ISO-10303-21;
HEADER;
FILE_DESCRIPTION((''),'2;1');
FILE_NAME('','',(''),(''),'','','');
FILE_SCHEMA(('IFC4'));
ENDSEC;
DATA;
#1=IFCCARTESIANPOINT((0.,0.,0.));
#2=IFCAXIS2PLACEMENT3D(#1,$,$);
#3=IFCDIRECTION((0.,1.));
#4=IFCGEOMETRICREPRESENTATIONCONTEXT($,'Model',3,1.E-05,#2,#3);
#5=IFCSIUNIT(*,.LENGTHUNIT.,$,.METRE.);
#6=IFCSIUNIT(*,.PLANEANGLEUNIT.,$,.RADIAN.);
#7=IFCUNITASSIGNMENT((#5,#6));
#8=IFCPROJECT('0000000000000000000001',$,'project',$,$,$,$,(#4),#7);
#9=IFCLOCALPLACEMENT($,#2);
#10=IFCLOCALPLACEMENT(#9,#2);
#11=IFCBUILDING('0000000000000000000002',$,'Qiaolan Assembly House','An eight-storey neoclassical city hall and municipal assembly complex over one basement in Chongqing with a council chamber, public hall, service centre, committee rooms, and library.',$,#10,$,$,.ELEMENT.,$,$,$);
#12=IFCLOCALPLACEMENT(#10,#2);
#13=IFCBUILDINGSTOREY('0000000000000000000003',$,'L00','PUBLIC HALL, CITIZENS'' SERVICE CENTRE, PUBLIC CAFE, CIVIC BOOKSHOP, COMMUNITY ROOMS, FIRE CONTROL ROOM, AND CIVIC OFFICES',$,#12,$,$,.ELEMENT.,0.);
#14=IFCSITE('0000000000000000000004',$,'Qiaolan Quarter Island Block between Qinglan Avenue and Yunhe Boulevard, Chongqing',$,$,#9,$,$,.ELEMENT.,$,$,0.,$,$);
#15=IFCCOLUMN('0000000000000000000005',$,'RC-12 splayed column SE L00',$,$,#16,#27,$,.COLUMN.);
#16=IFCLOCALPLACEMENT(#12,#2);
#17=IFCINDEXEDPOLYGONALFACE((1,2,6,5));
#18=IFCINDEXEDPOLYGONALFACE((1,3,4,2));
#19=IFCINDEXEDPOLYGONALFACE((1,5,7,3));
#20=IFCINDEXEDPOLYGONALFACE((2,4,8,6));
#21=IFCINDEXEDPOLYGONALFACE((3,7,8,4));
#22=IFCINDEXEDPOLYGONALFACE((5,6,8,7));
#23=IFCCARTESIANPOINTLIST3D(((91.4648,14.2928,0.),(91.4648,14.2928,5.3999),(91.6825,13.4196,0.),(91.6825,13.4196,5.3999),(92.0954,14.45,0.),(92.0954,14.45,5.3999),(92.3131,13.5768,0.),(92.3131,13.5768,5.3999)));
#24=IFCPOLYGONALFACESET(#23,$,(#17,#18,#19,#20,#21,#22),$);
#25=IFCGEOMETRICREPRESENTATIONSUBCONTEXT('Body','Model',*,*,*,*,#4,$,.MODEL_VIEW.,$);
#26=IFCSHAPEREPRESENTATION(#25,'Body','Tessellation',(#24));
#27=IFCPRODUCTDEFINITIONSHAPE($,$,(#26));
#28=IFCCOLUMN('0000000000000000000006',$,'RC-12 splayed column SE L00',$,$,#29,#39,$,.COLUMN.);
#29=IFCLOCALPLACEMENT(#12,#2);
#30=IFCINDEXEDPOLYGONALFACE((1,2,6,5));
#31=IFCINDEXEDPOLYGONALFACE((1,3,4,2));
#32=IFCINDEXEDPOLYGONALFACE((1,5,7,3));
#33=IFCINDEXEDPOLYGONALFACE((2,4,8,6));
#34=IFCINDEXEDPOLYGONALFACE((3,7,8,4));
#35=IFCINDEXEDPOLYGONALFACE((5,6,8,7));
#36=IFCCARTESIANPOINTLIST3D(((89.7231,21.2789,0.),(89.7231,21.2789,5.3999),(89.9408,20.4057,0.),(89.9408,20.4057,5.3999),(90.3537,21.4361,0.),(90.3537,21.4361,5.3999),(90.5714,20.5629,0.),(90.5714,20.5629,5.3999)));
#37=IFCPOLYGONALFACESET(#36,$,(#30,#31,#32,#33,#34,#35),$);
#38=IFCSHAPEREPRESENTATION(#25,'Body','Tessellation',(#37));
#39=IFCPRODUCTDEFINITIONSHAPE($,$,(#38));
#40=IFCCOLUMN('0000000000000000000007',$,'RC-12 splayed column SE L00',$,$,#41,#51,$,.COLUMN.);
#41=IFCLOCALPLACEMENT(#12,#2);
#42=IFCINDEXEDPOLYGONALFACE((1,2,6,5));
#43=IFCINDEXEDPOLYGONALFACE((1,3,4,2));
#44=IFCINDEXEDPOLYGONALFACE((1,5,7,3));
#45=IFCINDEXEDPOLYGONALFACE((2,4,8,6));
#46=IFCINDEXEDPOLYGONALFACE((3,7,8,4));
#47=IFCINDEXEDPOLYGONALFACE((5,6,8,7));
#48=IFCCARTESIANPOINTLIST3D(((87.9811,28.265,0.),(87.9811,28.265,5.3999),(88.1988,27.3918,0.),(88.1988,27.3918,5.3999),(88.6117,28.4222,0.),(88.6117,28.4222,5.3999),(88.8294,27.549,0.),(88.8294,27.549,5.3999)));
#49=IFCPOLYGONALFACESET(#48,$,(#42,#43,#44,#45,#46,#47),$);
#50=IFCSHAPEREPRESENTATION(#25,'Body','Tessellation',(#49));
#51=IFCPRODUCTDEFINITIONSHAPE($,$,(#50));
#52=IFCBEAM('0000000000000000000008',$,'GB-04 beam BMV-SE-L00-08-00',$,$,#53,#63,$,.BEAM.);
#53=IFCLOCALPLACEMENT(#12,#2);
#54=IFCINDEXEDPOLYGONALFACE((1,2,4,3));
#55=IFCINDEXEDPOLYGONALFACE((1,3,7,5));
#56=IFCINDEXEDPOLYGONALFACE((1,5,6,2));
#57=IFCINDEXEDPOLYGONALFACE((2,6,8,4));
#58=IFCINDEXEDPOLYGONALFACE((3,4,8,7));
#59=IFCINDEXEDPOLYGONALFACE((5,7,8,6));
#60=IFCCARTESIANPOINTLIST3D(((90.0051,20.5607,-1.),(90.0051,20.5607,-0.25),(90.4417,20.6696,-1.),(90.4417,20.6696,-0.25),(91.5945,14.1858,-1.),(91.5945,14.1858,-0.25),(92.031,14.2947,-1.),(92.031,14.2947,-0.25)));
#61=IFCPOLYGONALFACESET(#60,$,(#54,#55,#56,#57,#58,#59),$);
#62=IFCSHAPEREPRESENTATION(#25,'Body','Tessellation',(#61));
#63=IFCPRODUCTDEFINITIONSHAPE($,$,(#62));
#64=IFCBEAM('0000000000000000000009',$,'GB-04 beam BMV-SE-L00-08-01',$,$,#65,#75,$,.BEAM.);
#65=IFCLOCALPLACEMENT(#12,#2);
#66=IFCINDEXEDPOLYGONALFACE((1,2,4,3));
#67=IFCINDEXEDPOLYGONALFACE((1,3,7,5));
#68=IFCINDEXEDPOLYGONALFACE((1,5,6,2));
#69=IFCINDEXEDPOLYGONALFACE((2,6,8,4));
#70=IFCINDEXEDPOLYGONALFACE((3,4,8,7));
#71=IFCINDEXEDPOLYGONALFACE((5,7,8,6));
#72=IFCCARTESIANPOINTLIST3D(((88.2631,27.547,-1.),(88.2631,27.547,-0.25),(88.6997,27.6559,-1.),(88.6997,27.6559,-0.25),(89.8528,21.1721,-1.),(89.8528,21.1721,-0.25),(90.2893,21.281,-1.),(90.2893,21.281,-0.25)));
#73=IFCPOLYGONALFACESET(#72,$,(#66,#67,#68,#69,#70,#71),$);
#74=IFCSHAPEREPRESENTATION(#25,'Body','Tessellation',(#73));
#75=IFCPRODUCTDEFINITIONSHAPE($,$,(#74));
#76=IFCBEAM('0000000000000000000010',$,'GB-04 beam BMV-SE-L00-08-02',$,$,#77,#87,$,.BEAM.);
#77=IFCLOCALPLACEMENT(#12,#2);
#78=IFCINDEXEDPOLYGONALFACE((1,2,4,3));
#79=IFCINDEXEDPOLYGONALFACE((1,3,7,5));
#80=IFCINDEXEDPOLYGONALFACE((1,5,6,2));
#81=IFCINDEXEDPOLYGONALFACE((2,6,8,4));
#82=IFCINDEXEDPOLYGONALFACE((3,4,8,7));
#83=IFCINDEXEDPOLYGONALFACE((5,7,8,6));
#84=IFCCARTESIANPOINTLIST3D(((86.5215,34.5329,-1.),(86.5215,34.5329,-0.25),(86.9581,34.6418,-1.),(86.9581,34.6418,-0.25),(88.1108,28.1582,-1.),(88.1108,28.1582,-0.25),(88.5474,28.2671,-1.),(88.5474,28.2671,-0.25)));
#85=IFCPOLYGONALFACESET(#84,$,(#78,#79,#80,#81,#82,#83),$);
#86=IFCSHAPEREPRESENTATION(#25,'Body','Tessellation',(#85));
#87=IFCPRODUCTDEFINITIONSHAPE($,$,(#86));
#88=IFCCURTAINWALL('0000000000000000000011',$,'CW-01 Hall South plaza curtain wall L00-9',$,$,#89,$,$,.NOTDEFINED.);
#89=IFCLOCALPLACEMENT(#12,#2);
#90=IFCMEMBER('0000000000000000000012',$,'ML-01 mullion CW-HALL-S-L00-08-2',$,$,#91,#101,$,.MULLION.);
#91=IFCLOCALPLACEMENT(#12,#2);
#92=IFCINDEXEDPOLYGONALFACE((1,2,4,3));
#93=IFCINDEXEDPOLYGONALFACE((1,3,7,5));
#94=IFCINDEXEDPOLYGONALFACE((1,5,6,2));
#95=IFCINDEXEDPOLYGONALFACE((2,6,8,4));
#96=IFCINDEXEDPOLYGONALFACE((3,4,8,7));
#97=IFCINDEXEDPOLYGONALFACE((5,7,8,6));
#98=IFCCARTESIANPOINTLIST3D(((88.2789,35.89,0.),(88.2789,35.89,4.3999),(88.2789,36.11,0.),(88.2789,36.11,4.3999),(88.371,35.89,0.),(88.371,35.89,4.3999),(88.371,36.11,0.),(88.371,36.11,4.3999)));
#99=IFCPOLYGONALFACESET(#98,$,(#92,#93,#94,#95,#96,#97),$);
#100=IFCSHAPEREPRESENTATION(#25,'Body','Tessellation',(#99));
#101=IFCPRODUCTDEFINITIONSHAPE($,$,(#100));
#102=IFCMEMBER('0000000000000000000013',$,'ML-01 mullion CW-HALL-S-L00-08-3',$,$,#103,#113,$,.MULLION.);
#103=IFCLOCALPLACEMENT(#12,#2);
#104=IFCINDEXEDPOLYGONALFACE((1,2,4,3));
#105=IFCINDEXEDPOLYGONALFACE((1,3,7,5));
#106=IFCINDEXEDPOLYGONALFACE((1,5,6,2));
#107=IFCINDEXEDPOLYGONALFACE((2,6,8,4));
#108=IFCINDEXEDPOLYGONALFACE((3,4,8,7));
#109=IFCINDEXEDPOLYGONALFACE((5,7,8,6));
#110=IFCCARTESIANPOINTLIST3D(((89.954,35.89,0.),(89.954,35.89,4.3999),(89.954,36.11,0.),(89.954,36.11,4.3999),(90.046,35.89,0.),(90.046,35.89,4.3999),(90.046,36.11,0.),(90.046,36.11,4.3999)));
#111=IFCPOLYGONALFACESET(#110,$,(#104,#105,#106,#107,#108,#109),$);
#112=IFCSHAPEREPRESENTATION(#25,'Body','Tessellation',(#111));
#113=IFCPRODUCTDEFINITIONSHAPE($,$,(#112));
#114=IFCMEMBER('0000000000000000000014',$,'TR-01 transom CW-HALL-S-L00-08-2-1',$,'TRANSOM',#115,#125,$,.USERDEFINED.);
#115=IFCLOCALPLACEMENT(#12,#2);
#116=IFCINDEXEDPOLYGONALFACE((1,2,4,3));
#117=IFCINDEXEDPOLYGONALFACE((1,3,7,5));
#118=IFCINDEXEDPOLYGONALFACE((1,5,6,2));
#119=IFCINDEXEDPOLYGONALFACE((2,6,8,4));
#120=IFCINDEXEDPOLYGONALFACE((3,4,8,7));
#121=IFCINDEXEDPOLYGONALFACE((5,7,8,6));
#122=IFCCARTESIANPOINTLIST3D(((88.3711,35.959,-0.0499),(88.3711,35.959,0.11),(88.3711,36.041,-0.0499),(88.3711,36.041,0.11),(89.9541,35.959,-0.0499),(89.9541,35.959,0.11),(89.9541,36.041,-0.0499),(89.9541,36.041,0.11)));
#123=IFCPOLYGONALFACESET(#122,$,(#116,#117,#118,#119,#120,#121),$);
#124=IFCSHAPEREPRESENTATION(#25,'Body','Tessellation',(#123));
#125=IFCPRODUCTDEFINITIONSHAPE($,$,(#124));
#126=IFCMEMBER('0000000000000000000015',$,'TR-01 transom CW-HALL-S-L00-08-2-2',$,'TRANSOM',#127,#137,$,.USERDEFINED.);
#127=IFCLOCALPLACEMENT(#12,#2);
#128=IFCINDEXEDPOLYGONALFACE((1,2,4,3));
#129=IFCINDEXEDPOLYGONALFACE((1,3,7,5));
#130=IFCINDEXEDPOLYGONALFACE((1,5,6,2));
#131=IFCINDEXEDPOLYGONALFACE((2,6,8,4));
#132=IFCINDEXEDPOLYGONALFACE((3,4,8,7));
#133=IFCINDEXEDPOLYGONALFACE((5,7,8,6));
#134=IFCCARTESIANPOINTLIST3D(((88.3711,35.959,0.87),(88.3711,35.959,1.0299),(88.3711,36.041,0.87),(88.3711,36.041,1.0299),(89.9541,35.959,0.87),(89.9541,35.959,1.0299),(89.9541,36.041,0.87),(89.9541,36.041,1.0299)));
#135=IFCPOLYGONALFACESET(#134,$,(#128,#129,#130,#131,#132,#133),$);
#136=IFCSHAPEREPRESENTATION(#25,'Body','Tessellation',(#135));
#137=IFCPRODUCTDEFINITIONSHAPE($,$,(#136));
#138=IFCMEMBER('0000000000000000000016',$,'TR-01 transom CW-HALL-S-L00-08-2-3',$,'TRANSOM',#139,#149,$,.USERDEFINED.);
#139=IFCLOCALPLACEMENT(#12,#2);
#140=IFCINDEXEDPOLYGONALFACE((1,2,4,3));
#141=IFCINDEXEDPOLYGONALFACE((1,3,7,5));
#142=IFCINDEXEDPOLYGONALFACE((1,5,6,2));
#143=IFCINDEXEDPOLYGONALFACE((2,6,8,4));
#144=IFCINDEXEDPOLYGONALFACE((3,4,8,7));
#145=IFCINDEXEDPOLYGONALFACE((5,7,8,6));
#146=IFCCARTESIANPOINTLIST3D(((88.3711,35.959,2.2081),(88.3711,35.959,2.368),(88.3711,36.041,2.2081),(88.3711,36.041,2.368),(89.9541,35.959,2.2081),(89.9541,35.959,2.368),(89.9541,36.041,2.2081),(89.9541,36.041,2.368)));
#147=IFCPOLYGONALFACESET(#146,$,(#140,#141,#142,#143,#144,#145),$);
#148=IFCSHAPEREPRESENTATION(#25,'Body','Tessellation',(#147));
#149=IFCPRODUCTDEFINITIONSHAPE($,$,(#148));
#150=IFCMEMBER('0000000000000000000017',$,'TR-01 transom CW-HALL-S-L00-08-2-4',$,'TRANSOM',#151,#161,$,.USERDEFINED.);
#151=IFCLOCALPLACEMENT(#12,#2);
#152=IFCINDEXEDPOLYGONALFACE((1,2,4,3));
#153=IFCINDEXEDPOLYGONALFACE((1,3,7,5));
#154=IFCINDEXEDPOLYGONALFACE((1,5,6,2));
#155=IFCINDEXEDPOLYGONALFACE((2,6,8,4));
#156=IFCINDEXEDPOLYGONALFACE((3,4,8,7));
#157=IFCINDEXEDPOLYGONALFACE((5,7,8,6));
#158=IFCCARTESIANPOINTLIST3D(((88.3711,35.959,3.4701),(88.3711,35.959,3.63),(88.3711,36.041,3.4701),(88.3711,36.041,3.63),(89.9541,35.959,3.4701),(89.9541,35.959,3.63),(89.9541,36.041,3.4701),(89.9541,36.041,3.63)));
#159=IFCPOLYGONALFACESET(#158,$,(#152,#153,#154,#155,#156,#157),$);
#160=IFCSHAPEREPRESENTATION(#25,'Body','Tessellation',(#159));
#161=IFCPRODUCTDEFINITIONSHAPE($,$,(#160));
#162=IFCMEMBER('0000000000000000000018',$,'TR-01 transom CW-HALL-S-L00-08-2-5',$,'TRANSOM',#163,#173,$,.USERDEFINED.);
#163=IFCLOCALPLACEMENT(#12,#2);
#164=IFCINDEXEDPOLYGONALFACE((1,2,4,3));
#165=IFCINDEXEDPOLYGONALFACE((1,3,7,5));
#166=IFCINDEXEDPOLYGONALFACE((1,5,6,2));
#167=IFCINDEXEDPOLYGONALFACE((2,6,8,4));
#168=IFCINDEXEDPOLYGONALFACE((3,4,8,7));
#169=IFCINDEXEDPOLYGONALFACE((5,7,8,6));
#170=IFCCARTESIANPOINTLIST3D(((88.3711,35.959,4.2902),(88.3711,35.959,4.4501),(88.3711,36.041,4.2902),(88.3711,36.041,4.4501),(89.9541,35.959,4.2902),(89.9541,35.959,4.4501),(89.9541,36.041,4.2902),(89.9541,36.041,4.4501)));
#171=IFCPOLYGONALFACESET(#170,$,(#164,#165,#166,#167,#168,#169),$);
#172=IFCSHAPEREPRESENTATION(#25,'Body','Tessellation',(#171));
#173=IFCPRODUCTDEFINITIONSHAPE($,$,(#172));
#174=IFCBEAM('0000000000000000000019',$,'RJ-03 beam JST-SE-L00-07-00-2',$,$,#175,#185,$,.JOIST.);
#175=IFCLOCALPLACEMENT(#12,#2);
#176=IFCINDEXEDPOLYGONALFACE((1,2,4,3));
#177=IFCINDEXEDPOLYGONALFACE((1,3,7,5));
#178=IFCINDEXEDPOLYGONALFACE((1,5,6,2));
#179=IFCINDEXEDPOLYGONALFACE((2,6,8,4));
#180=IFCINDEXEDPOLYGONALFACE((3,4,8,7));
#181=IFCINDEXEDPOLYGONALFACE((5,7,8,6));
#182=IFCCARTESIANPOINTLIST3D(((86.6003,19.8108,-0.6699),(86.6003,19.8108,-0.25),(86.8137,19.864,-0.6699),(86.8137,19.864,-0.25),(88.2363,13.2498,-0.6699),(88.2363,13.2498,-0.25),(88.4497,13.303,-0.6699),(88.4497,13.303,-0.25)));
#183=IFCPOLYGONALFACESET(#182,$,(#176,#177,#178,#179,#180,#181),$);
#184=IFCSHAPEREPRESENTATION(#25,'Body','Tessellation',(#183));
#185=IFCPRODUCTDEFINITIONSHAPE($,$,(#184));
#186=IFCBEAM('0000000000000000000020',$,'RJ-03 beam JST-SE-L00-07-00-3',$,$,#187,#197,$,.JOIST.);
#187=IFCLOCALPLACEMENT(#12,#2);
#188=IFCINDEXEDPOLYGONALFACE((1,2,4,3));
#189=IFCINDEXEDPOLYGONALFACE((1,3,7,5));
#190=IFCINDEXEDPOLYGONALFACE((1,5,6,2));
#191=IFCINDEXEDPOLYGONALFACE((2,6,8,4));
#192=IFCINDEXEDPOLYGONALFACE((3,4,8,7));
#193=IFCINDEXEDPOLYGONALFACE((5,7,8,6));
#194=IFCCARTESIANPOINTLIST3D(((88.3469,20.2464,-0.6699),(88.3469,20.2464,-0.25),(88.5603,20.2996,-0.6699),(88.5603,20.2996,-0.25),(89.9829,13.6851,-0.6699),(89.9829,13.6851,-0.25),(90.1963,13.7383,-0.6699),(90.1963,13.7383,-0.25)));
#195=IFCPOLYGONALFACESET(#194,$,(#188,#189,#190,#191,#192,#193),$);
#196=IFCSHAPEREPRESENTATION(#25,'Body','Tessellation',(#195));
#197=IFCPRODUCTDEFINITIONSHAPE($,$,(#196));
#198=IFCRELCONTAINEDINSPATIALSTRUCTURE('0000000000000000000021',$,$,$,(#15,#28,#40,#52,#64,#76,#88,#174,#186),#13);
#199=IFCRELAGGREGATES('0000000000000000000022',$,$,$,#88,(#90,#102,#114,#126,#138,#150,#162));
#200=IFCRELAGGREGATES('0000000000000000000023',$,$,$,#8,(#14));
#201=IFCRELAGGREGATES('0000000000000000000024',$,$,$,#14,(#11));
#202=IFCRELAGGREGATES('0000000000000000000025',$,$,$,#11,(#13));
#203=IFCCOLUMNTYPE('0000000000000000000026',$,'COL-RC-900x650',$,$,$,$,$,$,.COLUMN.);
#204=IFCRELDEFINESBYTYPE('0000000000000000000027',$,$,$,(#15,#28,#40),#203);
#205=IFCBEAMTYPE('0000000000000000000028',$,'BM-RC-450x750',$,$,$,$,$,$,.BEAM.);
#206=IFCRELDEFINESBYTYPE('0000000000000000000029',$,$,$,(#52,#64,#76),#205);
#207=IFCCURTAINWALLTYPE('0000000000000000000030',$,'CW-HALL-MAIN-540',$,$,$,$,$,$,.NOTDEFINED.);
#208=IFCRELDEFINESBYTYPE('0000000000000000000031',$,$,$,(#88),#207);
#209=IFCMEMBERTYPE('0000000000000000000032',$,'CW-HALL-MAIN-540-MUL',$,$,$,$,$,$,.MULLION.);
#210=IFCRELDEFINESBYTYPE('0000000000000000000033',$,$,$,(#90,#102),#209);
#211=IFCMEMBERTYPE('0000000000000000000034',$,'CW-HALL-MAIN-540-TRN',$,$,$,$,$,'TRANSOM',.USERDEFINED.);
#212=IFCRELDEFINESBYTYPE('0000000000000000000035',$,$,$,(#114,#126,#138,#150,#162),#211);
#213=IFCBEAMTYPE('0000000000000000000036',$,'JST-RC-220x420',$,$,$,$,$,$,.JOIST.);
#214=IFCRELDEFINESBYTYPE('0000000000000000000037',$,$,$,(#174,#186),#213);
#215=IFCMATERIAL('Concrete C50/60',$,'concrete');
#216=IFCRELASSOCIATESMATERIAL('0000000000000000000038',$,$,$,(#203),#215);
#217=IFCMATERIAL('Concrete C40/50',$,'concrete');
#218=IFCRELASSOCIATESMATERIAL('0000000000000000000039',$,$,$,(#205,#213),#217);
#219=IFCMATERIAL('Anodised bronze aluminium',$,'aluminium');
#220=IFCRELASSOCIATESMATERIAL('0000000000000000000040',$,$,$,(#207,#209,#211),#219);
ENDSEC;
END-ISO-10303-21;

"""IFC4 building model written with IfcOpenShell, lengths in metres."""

from ifc_helpers import new_model, si_unit, direction, frame, origin, origin_2d, place, context, subcontext, project, spatial, rectangle, extrude, material, material_profile, profile_set, type_object, element, aggregate, save


model = new_model("IFC4")

# Units and contexts
model_context = context("Model", 3, precision=1e-05, world=origin(), true_north=direction((0.0, 1.0)))
body_context = subcontext(model_context, "Body", "Model", "MODEL_VIEW")
ifc_project = project(units=[si_unit("LENGTHUNIT", "METRE"), si_unit("PLANEANGLEUNIT", "RADIAN")], contexts=[model_context])

# Site, building, storey
site_placement = place(None, origin())
site = spatial("IfcSite", under=ifc_project, at=site_placement, Name="Qiaolan Quarter Island Block between Qinglan Avenue and Yunhe Boulevard, Chongqing", CompositionType="ELEMENT", RefElevation=0.0)
building_placement = place(site_placement, origin())
building = spatial("IfcBuilding", under=site, at=building_placement, Name="Qiaolan Assembly House", Description="An eight-storey neoclassical city hall and municipal assembly complex over one basement in Chongqing with a council chamber, public hall, service centre, committee rooms, and library.", CompositionType="ELEMENT")
storey_placement = place(building_placement, origin())
storey = spatial("IfcBuildingStorey", under=building, at=storey_placement, Name="L00", Description="PUBLIC HALL, CITIZENS' SERVICE CENTRE, PUBLIC CAFE, CIVIC BOOKSHOP, COMMUNITY ROOMS, FIRE CONTROL ROOM, AND CIVIC OFFICES", CompositionType="ELEMENT", Elevation=0.0)

# Columns
ifc_material_1 = material(Name="Concrete C50/60", Category="concrete")
ifc_material_profile_1 = material_profile(ifc_material_1, rectangle(XDim=0.6499, YDim=0.8999, at=origin_2d()), Name="RC 900x650")
ifc_profile_set_1 = profile_set([ifc_material_profile_1], Name="Concrete C50/60")
column_type = type_object("IfcColumnType", Name="COL-RC-900x650", PredefinedType="COLUMN", material=ifc_profile_set_1)
for number, where, z_axis, x_axis, name in (
    (1, (91.8889, 13.9348, 0.0), (0.0, 0.0, 1.0), (0.970296, 0.241922, 0.0), "RC-12 splayed column SE L00"),
    (2, (90.1472, 20.9209, 0.0), (0.0, 0.0, 1.0), (0.970296, 0.241922, 0.0), "RC-12 splayed column SE L00"),
    (3, (88.4053, 27.907, 0.0), (0.0, 0.0, 1.0), (0.970296, 0.241922, 0.0), "RC-12 splayed column SE L00"),
):
    element("IfcColumn", number, at=place(storey_placement, frame(where, z_axis=z_axis, x_axis=x_axis)), inside=storey, type_object=column_type, Name=name, PredefinedType="COLUMN", context=body_context, shape_type="SweptSolid", body=[
        extrude(rectangle(XDim=0.6499, YDim=0.8999, at=origin_2d()), origin(), (0.0, 0.0, 1.0), 5.3999),
    ])

# Beams
ifc_material_2 = material(Name="Concrete C40/50", Category="concrete")
ifc_material_profile_2 = material_profile(ifc_material_2, rectangle(XDim=0.45, YDim=0.75, at=origin_2d()), Name="RCB 450x750")
ifc_profile_set_2 = profile_set([ifc_material_profile_2], Name="Concrete C40/50")
beam_type_1 = type_object("IfcBeamType", Name="BM-RC-450x750", PredefinedType="BEAM", material=ifc_profile_set_2)
for number, where, z_axis, x_axis, name in (
    (4, (91.8127, 14.2402, -0.625), (-0.241906, 0.9703, 0.0), (-0.9703, -0.241906, 0.0), "GB-04 beam BMV-SE-L00-08-00"),
    (5, (90.071, 21.2266, -0.625), (-0.24195, 0.970289, 0.0), (-0.970289, -0.24195, 0.0), "GB-04 beam BMV-SE-L00-08-01"),
):
    element("IfcBeam", number, at=place(storey_placement, frame(where, z_axis=z_axis, x_axis=x_axis)), inside=storey, type_object=beam_type_1, Name=name, PredefinedType="BEAM", context=body_context, shape_type="SweptSolid", body=[
        extrude(rectangle(XDim=0.45, YDim=0.75, at=origin_2d()), origin(), (0.0, 0.0, 1.0), 6.5701),
    ])
beam_1_placement = place(storey_placement, frame((88.3291, 28.2126, -0.625), z_axis=(-0.241915, 0.970298, 0.0), x_axis=(-0.970298, -0.241915, 0.0)))
element("IfcBeam", 6, at=beam_1_placement, inside=storey, type_object=beam_type_1, Name="GB-04 beam BMV-SE-L00-08-02", PredefinedType="BEAM", context=body_context, shape_type="SweptSolid", body=[
    extrude(rectangle(XDim=0.45, YDim=0.75, at=origin_2d()), origin(), (0.0, 0.0, 1.0), 6.5698),
])

# Curtain wall, members
ifc_material_3 = material(Name="Anodised bronze aluminium", Category="aluminium")
curtain_wall_type = type_object("IfcCurtainWallType", Name="CW-HALL-MAIN-540", PredefinedType="NOTDEFINED", material=ifc_material_3)
curtain_wall_placement = place(storey_placement, origin())
curtain_wall = element("IfcCurtainWall", 7, at=curtain_wall_placement, inside=storey, type_object=curtain_wall_type, Name="CW-01 Hall South plaza curtain wall L00-9", PredefinedType="NOTDEFINED")
ifc_material_profile_3 = material_profile(ifc_material_3, rectangle(XDim=0.092, YDim=0.22, at=origin_2d()), Name="MUL 92x220")
ifc_profile_set_3 = profile_set([ifc_material_profile_3], Name="Anodised bronze aluminium")
member_type_1 = type_object("IfcMemberType", Name="CW-HALL-MAIN-540-MUL", PredefinedType="MULLION", material=ifc_profile_set_3)
member_1_placement = place(storey_placement, frame((88.325, 36.0, 0.0), z_axis=(0.0, 0.0, 1.0), x_axis=(1.0, 0.0, 0.0)))
member_1 = element("IfcMember", 8, at=member_1_placement, type_object=member_type_1, Name="ML-01 mullion CW-HALL-S-L00-08-2", PredefinedType="MULLION", context=body_context, shape_type="SweptSolid", body=[
    extrude(rectangle(XDim=0.092, YDim=0.22, at=origin_2d()), origin(), (0.0, 0.0, 1.0), 4.3999),
])
member_2_placement = place(storey_placement, frame((90.0, 36.0, 0.0), z_axis=(0.0, 0.0, 1.0), x_axis=(1.0, 0.0, 0.0)))
member_2 = element("IfcMember", 9, at=member_2_placement, type_object=member_type_1, Name="ML-01 mullion CW-HALL-S-L00-08-3", PredefinedType="MULLION", context=body_context, shape_type="SweptSolid", body=[
    extrude(rectangle(XDim=0.092, YDim=0.22, at=origin_2d()), origin(), (0.0, 0.0, 1.0), 4.3999),
])
ifc_material_profile_4 = material_profile(ifc_material_3, rectangle(XDim=0.082, YDim=0.1599, at=origin_2d()), Name="TRN 82x160")
ifc_profile_set_4 = profile_set([ifc_material_profile_4], Name="Anodised bronze aluminium")
member_type_2 = type_object("IfcMemberType", Name="CW-HALL-MAIN-540-TRN", ElementType="TRANSOM", PredefinedType="USERDEFINED", material=ifc_profile_set_4)
member_3_placement = place(storey_placement, frame((88.3711, 36.0, 0.03), z_axis=(1.0, 0.0, 0.0), x_axis=(0.0, 1.0, 0.0)))
member_3 = element("IfcMember", 10, at=member_3_placement, type_object=member_type_2, Name="TR-01 transom CW-HALL-S-L00-08-2-1", ObjectType="TRANSOM", PredefinedType="USERDEFINED", context=body_context, shape_type="SweptSolid", body=[
    extrude(rectangle(XDim=0.082, YDim=0.1599, at=origin_2d()), origin(), (0.0, 0.0, 1.0), 1.583),
])
member_4_placement = place(storey_placement, frame((88.3711, 36.0, 0.95), z_axis=(1.0, 0.0, 0.0), x_axis=(0.0, 1.0, 0.0)))
member_4 = element("IfcMember", 11, at=member_4_placement, type_object=member_type_2, Name="TR-01 transom CW-HALL-S-L00-08-2-2", ObjectType="TRANSOM", PredefinedType="USERDEFINED", context=body_context, shape_type="SweptSolid", body=[
    extrude(rectangle(XDim=0.082, YDim=0.1599, at=origin_2d()), origin(), (0.0, 0.0, 1.0), 1.583),
])
member_5_placement = place(storey_placement, frame((88.3711, 36.0, 2.2881), z_axis=(1.0, 0.0, 0.0), x_axis=(0.0, 1.0, 0.0)))
member_5 = element("IfcMember", 12, at=member_5_placement, type_object=member_type_2, Name="TR-01 transom CW-HALL-S-L00-08-2-3", ObjectType="TRANSOM", PredefinedType="USERDEFINED", context=body_context, shape_type="SweptSolid", body=[
    extrude(rectangle(XDim=0.082, YDim=0.1599, at=origin_2d()), origin(), (0.0, 0.0, 1.0), 1.583),
])
member_6_placement = place(storey_placement, frame((88.3711, 36.0, 3.55), z_axis=(1.0, 0.0, 0.0), x_axis=(0.0, 1.0, 0.0)))
member_6 = element("IfcMember", 13, at=member_6_placement, type_object=member_type_2, Name="TR-01 transom CW-HALL-S-L00-08-2-4", ObjectType="TRANSOM", PredefinedType="USERDEFINED", context=body_context, shape_type="SweptSolid", body=[
    extrude(rectangle(XDim=0.082, YDim=0.1599, at=origin_2d()), origin(), (0.0, 0.0, 1.0), 1.583),
])
member_7_placement = place(storey_placement, frame((88.3711, 36.0, 4.3701), z_axis=(1.0, 0.0, 0.0), x_axis=(0.0, 1.0, 0.0)))
member_7 = element("IfcMember", 14, at=member_7_placement, type_object=member_type_2, Name="TR-01 transom CW-HALL-S-L00-08-2-5", ObjectType="TRANSOM", PredefinedType="USERDEFINED", context=body_context, shape_type="SweptSolid", body=[
    extrude(rectangle(XDim=0.082, YDim=0.1599, at=origin_2d()), origin(), (0.0, 0.0, 1.0), 1.583),
])

# Beams
ifc_material_profile_5 = material_profile(ifc_material_2, rectangle(XDim=0.22, YDim=0.4199, at=origin_2d()), Name="RCB 220x420")
ifc_profile_set_5 = profile_set([ifc_material_profile_5], Name="Concrete C40/50")
beam_type_2 = type_object("IfcBeamType", Name="JST-RC-220x420", PredefinedType="JOIST", material=ifc_profile_set_5)
beam_2_placement = place(storey_placement, frame((88.343, 13.2764, -0.46), z_axis=(-0.241941, 0.970291, 0.0), x_axis=(-0.970291, -0.241941, 0.0)))
element("IfcBeam", 15, at=beam_2_placement, inside=storey, type_object=beam_type_2, Name="RJ-03 beam JST-SE-L00-07-00-2", PredefinedType="JOIST", context=body_context, shape_type="SweptSolid", body=[
    extrude(rectangle(XDim=0.22, YDim=0.4199, at=origin_2d()), origin(), (0.0, 0.0, 1.0), 6.762),
])
for number, where, z_axis, x_axis, name in (
    (16, (90.0896, 13.7117, -0.46), (-0.241932, 0.970293, 0.0), (-0.970293, -0.241932, 0.0), "RJ-03 beam JST-SE-L00-07-00-3"),
):
    element("IfcBeam", number, at=place(storey_placement, frame(where, z_axis=z_axis, x_axis=x_axis)), inside=storey, type_object=beam_type_2, Name=name, PredefinedType="JOIST", context=body_context, shape_type="SweptSolid", body=[
        extrude(rectangle(XDim=0.22, YDim=0.4199, at=origin_2d()), origin(), (0.0, 0.0, 1.0), 6.7622),
    ])

aggregate(curtain_wall, [member_1, member_2, member_3, member_4, member_5, member_6, member_7])

save(model, "model.ifc")
